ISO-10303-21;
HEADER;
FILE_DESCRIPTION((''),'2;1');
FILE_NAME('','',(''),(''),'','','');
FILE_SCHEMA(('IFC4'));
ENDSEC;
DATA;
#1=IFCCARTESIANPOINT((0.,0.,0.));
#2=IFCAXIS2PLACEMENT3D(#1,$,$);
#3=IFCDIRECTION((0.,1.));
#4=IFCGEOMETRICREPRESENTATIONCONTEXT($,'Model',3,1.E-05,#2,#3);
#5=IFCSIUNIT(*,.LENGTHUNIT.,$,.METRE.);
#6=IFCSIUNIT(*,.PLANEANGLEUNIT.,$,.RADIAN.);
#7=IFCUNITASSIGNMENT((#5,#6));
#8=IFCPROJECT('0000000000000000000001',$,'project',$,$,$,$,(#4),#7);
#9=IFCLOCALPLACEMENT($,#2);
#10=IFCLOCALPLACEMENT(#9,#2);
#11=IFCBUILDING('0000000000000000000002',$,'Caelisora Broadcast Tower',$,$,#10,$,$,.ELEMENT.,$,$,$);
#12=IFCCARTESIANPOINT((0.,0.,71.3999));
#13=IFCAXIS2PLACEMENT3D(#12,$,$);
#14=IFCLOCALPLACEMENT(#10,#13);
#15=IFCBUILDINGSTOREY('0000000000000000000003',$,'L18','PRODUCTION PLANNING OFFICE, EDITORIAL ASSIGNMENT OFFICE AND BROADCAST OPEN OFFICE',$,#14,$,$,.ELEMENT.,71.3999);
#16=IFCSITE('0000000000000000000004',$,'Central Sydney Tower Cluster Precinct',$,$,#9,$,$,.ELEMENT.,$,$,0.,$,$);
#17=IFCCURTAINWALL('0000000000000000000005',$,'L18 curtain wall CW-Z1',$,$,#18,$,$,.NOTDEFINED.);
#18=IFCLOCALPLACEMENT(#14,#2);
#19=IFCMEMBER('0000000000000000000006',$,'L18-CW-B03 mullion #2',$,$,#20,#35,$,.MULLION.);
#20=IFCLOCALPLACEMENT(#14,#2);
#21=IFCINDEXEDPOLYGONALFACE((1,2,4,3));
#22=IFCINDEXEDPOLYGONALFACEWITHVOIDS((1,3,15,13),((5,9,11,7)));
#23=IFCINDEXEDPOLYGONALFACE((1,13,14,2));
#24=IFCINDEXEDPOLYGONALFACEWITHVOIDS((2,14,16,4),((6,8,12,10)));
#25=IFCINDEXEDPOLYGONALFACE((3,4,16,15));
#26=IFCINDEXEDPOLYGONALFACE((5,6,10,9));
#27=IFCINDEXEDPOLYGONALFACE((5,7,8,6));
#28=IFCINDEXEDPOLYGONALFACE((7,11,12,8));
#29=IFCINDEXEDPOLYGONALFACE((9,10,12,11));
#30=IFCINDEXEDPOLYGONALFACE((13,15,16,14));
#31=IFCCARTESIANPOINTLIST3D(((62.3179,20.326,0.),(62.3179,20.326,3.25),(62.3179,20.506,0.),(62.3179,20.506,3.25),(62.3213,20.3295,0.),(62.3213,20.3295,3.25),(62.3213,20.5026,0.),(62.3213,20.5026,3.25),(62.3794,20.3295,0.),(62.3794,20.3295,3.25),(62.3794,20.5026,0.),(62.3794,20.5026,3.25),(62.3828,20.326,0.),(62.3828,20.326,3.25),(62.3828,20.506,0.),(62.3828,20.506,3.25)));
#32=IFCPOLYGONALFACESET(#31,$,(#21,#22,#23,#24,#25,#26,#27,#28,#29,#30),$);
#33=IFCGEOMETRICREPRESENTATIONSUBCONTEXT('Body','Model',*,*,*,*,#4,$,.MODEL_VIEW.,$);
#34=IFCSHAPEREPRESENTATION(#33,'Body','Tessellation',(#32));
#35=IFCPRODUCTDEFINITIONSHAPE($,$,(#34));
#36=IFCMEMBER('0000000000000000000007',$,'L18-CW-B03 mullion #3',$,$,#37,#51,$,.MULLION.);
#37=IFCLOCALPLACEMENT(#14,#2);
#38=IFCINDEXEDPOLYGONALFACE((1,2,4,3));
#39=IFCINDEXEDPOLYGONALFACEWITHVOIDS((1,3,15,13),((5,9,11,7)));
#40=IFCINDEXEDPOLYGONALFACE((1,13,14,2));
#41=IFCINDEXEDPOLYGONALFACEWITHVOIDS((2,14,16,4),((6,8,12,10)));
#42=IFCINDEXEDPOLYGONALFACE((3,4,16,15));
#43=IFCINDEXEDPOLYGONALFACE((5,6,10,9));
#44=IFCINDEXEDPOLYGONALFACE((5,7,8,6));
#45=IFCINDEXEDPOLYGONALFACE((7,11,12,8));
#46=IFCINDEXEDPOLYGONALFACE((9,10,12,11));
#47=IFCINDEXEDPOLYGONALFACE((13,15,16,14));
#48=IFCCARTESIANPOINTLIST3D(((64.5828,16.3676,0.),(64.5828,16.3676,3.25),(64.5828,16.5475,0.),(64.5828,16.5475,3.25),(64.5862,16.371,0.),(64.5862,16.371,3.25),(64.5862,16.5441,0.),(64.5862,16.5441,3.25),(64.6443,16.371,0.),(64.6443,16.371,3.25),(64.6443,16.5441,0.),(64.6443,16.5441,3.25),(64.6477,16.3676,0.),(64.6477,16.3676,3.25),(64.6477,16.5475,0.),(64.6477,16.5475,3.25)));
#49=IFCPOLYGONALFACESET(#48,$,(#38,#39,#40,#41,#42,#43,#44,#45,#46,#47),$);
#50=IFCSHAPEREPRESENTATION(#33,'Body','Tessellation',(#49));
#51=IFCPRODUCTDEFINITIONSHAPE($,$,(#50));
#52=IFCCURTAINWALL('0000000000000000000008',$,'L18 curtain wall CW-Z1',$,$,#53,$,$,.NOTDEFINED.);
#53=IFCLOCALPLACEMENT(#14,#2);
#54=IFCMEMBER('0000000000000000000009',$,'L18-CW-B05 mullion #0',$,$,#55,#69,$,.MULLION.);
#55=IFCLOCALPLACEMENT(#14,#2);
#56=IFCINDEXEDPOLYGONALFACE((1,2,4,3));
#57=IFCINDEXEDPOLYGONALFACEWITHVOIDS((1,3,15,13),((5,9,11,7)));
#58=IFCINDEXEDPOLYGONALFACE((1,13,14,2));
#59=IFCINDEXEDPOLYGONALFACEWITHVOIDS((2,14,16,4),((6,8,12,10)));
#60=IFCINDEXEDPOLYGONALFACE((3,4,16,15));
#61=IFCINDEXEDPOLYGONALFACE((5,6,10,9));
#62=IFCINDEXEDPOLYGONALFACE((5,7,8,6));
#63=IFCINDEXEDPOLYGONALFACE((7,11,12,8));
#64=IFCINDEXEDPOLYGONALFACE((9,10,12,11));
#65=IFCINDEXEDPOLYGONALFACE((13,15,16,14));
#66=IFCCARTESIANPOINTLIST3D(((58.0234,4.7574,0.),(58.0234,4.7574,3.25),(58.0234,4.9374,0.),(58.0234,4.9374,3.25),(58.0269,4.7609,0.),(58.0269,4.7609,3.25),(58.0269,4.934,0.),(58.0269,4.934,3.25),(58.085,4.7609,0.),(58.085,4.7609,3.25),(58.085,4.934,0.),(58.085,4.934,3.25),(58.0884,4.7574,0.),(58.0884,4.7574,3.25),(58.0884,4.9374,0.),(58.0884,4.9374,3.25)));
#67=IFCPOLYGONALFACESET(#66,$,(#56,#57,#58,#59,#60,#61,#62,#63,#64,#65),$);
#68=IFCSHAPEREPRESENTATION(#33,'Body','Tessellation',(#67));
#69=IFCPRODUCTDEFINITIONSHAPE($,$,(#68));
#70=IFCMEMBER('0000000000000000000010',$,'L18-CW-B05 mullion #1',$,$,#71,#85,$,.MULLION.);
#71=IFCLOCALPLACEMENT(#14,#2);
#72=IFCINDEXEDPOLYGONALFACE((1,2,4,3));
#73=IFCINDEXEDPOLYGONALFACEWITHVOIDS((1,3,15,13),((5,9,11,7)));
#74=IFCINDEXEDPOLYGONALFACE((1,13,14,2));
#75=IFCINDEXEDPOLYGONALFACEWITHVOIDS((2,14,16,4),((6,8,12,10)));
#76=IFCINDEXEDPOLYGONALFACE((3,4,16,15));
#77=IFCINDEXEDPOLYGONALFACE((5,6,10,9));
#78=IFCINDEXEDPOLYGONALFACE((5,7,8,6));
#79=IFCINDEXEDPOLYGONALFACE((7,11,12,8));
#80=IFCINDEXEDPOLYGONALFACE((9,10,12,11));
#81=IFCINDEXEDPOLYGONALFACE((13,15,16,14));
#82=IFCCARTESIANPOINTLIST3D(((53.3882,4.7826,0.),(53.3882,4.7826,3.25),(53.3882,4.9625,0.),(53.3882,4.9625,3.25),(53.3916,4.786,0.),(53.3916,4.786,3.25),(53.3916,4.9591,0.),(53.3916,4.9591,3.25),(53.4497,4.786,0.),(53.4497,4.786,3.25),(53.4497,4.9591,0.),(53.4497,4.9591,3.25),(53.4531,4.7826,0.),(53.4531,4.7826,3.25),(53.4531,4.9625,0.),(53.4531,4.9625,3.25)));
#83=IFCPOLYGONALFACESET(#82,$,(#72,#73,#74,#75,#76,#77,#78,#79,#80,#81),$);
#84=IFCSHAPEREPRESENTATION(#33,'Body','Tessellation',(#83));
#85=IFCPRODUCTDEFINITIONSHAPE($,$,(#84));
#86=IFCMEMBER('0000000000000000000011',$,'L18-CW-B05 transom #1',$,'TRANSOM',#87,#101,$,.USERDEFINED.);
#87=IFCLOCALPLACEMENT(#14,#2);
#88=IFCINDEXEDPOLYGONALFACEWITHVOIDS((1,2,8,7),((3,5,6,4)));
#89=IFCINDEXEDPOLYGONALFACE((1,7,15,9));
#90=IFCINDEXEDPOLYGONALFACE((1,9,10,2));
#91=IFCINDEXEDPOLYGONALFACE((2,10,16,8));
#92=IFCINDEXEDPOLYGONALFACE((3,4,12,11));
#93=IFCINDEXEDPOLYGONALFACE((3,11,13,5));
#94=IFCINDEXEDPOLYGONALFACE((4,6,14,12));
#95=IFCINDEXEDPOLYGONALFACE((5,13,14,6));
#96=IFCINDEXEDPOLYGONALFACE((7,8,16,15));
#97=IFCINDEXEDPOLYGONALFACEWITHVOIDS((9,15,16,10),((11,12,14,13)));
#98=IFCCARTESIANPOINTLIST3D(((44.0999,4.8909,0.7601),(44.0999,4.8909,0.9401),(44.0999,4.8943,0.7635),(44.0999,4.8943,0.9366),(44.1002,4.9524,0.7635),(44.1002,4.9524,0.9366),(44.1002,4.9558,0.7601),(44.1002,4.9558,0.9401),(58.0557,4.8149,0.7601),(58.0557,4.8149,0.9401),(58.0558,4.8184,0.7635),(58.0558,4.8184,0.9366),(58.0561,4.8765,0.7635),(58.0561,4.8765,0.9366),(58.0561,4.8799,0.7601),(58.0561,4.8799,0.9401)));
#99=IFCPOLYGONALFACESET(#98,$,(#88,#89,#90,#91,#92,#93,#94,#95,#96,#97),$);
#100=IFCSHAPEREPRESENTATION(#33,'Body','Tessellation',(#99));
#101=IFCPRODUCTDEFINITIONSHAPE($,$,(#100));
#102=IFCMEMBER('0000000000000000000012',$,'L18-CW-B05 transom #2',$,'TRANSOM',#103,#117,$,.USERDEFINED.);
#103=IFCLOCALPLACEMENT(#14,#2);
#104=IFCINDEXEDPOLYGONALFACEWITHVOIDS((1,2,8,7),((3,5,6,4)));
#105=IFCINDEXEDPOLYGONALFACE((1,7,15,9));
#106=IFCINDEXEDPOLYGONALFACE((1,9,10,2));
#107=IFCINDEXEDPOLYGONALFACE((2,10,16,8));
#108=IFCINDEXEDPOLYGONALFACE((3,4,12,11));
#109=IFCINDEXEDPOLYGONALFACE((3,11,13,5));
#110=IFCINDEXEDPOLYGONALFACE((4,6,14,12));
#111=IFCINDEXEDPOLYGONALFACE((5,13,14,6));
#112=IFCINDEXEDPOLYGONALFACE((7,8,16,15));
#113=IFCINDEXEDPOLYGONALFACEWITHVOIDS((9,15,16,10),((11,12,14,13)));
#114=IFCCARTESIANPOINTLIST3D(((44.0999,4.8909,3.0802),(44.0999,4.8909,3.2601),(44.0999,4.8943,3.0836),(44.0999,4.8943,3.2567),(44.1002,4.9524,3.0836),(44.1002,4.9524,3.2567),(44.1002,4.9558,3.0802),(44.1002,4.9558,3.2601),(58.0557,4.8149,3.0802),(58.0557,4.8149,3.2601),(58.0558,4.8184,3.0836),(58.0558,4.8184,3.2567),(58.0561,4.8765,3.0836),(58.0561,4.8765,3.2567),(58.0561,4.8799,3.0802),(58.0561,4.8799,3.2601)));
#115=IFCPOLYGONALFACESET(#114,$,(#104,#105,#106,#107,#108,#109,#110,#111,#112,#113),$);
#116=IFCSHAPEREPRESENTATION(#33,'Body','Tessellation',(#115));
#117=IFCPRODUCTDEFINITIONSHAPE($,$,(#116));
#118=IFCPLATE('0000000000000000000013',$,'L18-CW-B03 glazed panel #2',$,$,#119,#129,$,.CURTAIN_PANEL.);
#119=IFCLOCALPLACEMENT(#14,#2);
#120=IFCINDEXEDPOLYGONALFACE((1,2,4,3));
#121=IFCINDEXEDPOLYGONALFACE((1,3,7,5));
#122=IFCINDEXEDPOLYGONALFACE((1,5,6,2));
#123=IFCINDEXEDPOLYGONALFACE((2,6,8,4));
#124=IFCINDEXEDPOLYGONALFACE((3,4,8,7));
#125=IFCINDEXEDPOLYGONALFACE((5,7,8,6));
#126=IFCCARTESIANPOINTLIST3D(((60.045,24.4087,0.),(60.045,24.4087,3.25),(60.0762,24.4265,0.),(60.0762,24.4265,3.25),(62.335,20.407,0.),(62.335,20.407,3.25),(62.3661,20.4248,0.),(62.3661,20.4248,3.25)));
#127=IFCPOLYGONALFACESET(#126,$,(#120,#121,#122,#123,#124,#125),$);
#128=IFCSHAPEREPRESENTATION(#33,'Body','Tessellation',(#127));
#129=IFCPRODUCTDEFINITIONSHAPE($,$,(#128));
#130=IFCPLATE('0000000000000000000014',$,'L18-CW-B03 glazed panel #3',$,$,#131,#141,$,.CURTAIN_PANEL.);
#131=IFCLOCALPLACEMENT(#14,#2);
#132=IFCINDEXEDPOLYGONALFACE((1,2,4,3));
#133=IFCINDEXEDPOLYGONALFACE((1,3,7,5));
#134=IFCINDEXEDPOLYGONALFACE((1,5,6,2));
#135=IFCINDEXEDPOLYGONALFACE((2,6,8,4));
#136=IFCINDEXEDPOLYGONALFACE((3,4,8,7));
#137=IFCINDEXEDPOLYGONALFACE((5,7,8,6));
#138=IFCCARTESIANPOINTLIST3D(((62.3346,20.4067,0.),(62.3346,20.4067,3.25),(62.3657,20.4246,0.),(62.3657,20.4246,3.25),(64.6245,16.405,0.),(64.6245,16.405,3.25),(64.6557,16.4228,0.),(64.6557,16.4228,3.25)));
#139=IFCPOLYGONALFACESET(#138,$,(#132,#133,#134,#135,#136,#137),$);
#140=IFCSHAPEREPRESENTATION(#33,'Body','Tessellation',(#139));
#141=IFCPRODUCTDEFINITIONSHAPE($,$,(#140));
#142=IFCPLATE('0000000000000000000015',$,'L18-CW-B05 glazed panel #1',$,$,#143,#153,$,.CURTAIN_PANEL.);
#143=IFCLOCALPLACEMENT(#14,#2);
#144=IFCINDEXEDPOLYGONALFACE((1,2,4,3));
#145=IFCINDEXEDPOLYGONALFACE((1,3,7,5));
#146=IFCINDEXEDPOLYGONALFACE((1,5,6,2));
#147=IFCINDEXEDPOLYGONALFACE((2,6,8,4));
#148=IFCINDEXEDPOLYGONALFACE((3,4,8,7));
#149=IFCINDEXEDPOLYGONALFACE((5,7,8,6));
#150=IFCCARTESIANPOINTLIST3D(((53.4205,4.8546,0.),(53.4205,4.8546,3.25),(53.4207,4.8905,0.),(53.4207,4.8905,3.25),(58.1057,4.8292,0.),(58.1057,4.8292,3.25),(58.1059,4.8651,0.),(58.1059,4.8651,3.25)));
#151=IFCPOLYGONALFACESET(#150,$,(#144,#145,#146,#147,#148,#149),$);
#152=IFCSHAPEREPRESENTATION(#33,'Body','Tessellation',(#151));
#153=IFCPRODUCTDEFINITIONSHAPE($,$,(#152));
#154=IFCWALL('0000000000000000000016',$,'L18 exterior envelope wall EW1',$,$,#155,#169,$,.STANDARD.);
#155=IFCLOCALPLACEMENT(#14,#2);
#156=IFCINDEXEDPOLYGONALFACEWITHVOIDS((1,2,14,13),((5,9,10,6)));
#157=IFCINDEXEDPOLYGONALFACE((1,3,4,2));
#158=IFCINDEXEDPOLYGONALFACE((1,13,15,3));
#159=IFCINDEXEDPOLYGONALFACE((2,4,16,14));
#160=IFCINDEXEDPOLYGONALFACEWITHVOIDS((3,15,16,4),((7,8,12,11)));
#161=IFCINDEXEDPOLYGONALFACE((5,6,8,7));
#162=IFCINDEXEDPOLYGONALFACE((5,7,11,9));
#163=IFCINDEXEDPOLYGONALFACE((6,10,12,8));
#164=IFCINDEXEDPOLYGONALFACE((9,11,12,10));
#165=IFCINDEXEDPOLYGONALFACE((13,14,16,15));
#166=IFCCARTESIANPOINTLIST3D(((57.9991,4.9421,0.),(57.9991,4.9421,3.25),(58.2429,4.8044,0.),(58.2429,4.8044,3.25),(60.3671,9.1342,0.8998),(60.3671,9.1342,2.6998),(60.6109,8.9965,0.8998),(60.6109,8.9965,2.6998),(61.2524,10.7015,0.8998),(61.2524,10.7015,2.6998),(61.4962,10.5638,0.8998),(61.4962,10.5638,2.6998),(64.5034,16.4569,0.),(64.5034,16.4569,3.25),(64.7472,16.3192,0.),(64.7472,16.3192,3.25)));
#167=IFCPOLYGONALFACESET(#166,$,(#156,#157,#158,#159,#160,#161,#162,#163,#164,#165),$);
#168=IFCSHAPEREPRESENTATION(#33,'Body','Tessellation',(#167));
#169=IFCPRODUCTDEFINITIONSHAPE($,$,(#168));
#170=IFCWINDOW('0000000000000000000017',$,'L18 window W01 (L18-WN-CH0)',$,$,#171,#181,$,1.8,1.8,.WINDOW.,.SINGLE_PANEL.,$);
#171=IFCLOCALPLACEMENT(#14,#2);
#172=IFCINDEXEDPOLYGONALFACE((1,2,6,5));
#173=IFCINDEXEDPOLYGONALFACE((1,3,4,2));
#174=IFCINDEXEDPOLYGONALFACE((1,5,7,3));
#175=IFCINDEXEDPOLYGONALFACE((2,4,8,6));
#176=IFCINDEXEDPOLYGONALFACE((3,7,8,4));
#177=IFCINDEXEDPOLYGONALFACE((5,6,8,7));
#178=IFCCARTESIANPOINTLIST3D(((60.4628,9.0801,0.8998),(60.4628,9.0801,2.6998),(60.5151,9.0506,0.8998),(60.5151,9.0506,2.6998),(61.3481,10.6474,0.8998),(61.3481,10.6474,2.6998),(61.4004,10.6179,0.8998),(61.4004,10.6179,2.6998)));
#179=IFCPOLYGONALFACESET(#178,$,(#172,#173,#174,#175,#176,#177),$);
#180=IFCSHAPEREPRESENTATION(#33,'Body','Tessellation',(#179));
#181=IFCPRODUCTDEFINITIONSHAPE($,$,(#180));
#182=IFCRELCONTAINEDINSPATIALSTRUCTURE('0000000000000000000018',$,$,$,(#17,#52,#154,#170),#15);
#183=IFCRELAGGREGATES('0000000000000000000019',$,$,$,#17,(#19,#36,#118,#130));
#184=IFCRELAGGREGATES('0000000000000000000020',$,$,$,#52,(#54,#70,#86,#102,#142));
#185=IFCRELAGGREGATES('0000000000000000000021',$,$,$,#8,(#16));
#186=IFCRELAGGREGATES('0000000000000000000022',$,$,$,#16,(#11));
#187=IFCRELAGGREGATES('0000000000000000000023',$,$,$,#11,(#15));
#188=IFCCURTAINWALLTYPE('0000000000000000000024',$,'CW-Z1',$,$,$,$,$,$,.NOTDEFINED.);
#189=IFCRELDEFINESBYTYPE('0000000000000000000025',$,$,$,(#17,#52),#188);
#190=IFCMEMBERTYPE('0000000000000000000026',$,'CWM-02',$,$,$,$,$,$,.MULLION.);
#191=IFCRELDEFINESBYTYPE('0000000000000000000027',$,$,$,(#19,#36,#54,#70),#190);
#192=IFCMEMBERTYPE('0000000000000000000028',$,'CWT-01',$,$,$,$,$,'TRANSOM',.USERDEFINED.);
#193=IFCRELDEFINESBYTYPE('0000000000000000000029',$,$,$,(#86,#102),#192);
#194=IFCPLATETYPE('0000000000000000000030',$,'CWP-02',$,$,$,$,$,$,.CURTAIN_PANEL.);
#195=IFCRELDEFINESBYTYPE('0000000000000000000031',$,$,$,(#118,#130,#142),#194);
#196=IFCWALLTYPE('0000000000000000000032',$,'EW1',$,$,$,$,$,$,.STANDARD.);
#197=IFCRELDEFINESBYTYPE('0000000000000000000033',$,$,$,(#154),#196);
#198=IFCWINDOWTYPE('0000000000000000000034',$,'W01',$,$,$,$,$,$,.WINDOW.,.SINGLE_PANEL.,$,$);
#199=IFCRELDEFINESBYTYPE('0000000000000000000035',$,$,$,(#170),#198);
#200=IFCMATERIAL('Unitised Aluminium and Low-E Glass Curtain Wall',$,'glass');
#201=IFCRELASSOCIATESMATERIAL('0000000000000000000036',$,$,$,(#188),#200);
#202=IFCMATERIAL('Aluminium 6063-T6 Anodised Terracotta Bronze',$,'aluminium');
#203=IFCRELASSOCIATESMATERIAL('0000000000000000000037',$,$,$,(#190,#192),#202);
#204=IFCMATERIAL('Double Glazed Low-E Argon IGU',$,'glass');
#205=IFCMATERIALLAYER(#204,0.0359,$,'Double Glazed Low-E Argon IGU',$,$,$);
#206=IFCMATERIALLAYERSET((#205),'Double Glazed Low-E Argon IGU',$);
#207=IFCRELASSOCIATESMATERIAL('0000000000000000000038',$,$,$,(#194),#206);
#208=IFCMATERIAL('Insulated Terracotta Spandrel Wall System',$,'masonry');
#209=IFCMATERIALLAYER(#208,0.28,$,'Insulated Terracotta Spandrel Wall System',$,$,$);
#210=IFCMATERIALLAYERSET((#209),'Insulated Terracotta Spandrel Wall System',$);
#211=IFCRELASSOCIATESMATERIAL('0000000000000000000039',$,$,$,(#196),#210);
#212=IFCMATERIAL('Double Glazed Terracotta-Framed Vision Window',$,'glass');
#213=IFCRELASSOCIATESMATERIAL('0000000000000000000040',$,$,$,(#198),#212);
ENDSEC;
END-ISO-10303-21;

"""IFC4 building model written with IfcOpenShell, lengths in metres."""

from ifc_helpers import new_model, si_unit, direction, frame, frame_2d, origin, origin_2d, place, context, subcontext, project, spatial, rectangle, hollow_rectangle, extrude, source, transform, mapped, material, layer, layer_set, material_profile, profile_set, type_object, type_shapes, element, fill, aggregate, save


model = new_model("IFC4")

# Units and contexts
model_context = context("Model", 3, precision=1e-05, world=origin(), true_north=direction((0.0, 1.0)))
body_context = subcontext(model_context, "Body", "Model", "MODEL_VIEW")
ifc_project = project(units=[si_unit("LENGTHUNIT", "METRE"), si_unit("PLANEANGLEUNIT", "RADIAN")], contexts=[model_context])

# Site, building, storey
site_placement = place(None, origin())
site = spatial("IfcSite", under=ifc_project, at=site_placement, Name="Central Sydney Tower Cluster Precinct", CompositionType="ELEMENT", RefElevation=0.0)
building_placement = place(site_placement, origin())
building = spatial("IfcBuilding", under=site, at=building_placement, Name="Caelisora Broadcast Tower", CompositionType="ELEMENT")
storey_placement = place(building_placement, frame((0.0, 0.0, 71.3999)))
storey = spatial("IfcBuildingStorey", under=building, at=storey_placement, Name="L18", Description="PRODUCTION PLANNING OFFICE, EDITORIAL ASSIGNMENT OFFICE AND BROADCAST OPEN OFFICE", CompositionType="ELEMENT", Elevation=71.3999)

# Curtain walls, members
ifc_material_1 = material(Name="Unitised Aluminium and Low-E Glass Curtain Wall", Category="glass")
curtain_wall_type = type_object("IfcCurtainWallType", Name="CW-Z1", PredefinedType="NOTDEFINED", material=ifc_material_1)
curtain_wall_1_placement = place(storey_placement, origin())
curtain_wall_1 = element("IfcCurtainWall", 1, at=curtain_wall_1_placement, inside=storey, type_object=curtain_wall_type, Name="L18 curtain wall CW-Z1", PredefinedType="NOTDEFINED")
ifc_material_2 = material(Name="Aluminium 6063-T6 Anodised Terracotta Bronze", Category="aluminium")
ifc_material_profile_1 = material_profile(ifc_material_2, hollow_rectangle(XDim=0.0649, YDim=0.1799, WallThickness=0.0034, at=origin_2d()), Name="Aluminium 6063-T6 Anodised Terracotta Bronze")
ifc_profile_set_1 = profile_set([ifc_material_profile_1], Name="Aluminium 6063-T6 Anodised Terracotta Bronze")
member_type_1 = type_object("IfcMemberType", Name="CWM-02", PredefinedType="MULLION", material=ifc_profile_set_1)
shared_shape_1 = source(origin(), body_context, "Body", "SweptSolid", [
    extrude(hollow_rectangle(XDim=0.0649, YDim=0.1799, WallThickness=0.0034, at=origin_2d()), origin(), (0.0, 0.0, 1.0), 3.25),
])
type_shapes(member_type_1, [shared_shape_1])
member_1_placement = place(storey_placement, frame((62.3503, 20.416, 0.0), z_axis=(0.0, 0.0, 1.0), x_axis=(1.0, 0.0, 0.0)))
member_1 = element("IfcMember", 2, at=member_1_placement, type_object=member_type_1, Name="L18-CW-B03 mullion #2", PredefinedType="MULLION", context=body_context, shape_type="MappedRepresentation", body=[
    mapped(shared_shape_1, transform((0.0, 0.0, 0.0), scale=1.0)),
])
member_2_placement = place(storey_placement, frame((64.6152, 16.4575, 0.0), z_axis=(0.0, 0.0, 1.0), x_axis=(1.0, 0.0, 0.0)))
member_2 = element("IfcMember", 3, at=member_2_placement, type_object=member_type_1, Name="L18-CW-B03 mullion #3", PredefinedType="MULLION", context=body_context, shape_type="MappedRepresentation", body=[
    mapped(shared_shape_1, transform((0.0, 0.0, 0.0), scale=1.0)),
])
curtain_wall_2_placement = place(storey_placement, origin())
curtain_wall_2 = element("IfcCurtainWall", 4, at=curtain_wall_2_placement, inside=storey, type_object=curtain_wall_type, Name="L18 curtain wall CW-Z1", PredefinedType="NOTDEFINED")
member_3_placement = place(storey_placement, frame((58.0559, 4.8474, 0.0), z_axis=(0.0, 0.0, 1.0), x_axis=(1.0, 0.0, 0.0)))
member_3 = element("IfcMember", 5, at=member_3_placement, type_object=member_type_1, Name="L18-CW-B05 mullion #0", PredefinedType="MULLION", context=body_context, shape_type="MappedRepresentation", body=[
    mapped(shared_shape_1, transform((0.0, 0.0, 0.0), scale=1.0)),
])
member_4_placement = place(storey_placement, frame((53.4207, 4.8726, 0.0), z_axis=(0.0, 0.0, 1.0), x_axis=(1.0, 0.0, 0.0)))
member_4 = element("IfcMember", 6, at=member_4_placement, type_object=member_type_1, Name="L18-CW-B05 mullion #1", PredefinedType="MULLION", context=body_context, shape_type="MappedRepresentation", body=[
    mapped(shared_shape_1, transform((0.0, 0.0, 0.0), scale=1.0)),
])
ifc_material_profile_2 = material_profile(ifc_material_2, hollow_rectangle(XDim=0.0649, YDim=0.1799, WallThickness=0.0034, at=origin_2d()), Name="Aluminium 6063-T6 Anodised Terracotta Bronze")
ifc_profile_set_2 = profile_set([ifc_material_profile_2], Name="Aluminium 6063-T6 Anodised Terracotta Bronze")
member_type_2 = type_object("IfcMemberType", Name="CWT-01", ElementType="TRANSOM", PredefinedType="USERDEFINED", material=ifc_profile_set_2)
shared_shape_2 = source(origin(), body_context, "Body", "SweptSolid", [
    extrude(hollow_rectangle(XDim=0.0649, YDim=0.1799, WallThickness=0.0034, at=origin_2d()), origin(), (0.0, 0.0, 1.0), 13.9561),
])
type_shapes(member_type_2, [shared_shape_2])
member_5_placement = place(storey_placement, frame((58.0559, 4.8474, 0.8501), z_axis=(-0.999985, 0.005441, 0.0), x_axis=(-0.005441, -0.999985, 0.0)))
member_5 = element("IfcMember", 7, at=member_5_placement, type_object=member_type_2, Name="L18-CW-B05 transom #1", ObjectType="TRANSOM", PredefinedType="USERDEFINED", context=body_context, shape_type="MappedRepresentation", body=[
    mapped(shared_shape_2, transform((0.0, 0.0, 0.0), scale=1.0)),
])
member_6_placement = place(storey_placement, frame((58.0559, 4.8474, 3.1702), z_axis=(-0.999985, 0.005441, 0.0), x_axis=(-0.005441, -0.999985, 0.0)))
member_6 = element("IfcMember", 8, at=member_6_placement, type_object=member_type_2, Name="L18-CW-B05 transom #2", ObjectType="TRANSOM", PredefinedType="USERDEFINED", context=body_context, shape_type="MappedRepresentation", body=[
    mapped(shared_shape_2, transform((0.0, 0.0, 0.0), scale=1.0)),
])

# Plates
ifc_material_3 = material(Name="Double Glazed Low-E Argon IGU", Category="glass")
ifc_layer_1 = layer(ifc_material_3, 0.0359, Name="Double Glazed Low-E Argon IGU")
ifc_layer_set_1 = layer_set([ifc_layer_1], Name="Double Glazed Low-E Argon IGU")
plate_type = type_object("IfcPlateType", Name="CWP-02", PredefinedType="CURTAIN_PANEL", material=ifc_layer_set_1)
shared_shape_3 = source(origin(), body_context, "Body", "SweptSolid", [
    extrude(rectangle(XDim=4.6106, YDim=0.0359, at=origin_2d()), origin(), (0.0, 0.0, 1.0), 3.25),
])
plate_1_placement = place(storey_placement, frame((61.2056, 22.4167, 0.0), z_axis=(0.0, 0.0, 1.0), x_axis=(0.496671, -0.867939, 0.0)))
plate_1 = element("IfcPlate", 9, at=plate_1_placement, type_object=plate_type, Name="L18-CW-B03 glazed panel #2", PredefinedType="CURTAIN_PANEL", context=body_context, shape_type="MappedRepresentation", body=[
    mapped(shared_shape_3, transform((0.0, 0.0, 0.0), scale=1.0)),
])
plate_2_placement = place(storey_placement, frame((63.4951, 18.4148, 0.0), z_axis=(0.0, 0.0, 1.0), x_axis=(0.496671, -0.867939, 0.0)))
plate_2 = element("IfcPlate", 10, at=plate_2_placement, type_object=plate_type, Name="L18-CW-B03 glazed panel #3", PredefinedType="CURTAIN_PANEL", context=body_context, shape_type="MappedRepresentation", body=[
    mapped(shared_shape_3, transform((0.0, 0.0, 0.0), scale=1.0)),
])
aggregate(curtain_wall_1, [member_1, member_2, plate_1, plate_2])
shared_shape_4 = source(origin(), body_context, "Body", "SweptSolid", [
    extrude(rectangle(XDim=4.6853, YDim=0.0359, at=origin_2d()), origin(), (0.0, 0.0, 1.0), 3.25),
])
type_shapes(plate_type, [shared_shape_3, shared_shape_4])
plate_3_placement = place(storey_placement, frame((55.7632, 4.8599, 0.0), z_axis=(0.0, 0.0, 1.0), x_axis=(-0.999985, 0.00541, 0.0)))
plate_3 = element("IfcPlate", 11, at=plate_3_placement, type_object=plate_type, Name="L18-CW-B05 glazed panel #1", PredefinedType="CURTAIN_PANEL", context=body_context, shape_type="MappedRepresentation", body=[
    mapped(shared_shape_4, transform((0.0, 0.0, 0.0), scale=1.0)),
])
aggregate(curtain_wall_2, [member_3, member_4, member_5, member_6, plate_3])

# Wall, opening, window
ifc_material_4 = material(Name="Insulated Terracotta Spandrel Wall System", Category="masonry")
ifc_layer_2 = layer(ifc_material_4, 0.28, Name="Insulated Terracotta Spandrel Wall System")
ifc_layer_set_2 = layer_set([ifc_layer_2], Name="Insulated Terracotta Spandrel Wall System")
wall_type_1 = type_object("IfcWallType", Name="EW1", PredefinedType="STANDARD", material=ifc_layer_set_2)
wall_1_placement = place(storey_placement, frame((64.6252, 16.3879, 0.0), z_axis=(0.0, 0.0, 1.0), x_axis=(-0.491827, -0.870693, 0.0)))
wall_1 = element("IfcWall", 12, at=wall_1_placement, inside=storey, type_object=wall_type_1, Name="L18 exterior envelope wall EW1", PredefinedType="STANDARD", context=body_context, shape_type="SweptSolid", body=[
    extrude(rectangle(XDim=13.2249, YDim=0.28, at=frame_2d((6.6123, 0.0))), origin(), (0.0, 0.0, 1.0), 3.25),
])
opening_1_placement = place(wall_1_placement, frame((6.6101, 0.0, 0.8999)))
opening_1 = element("IfcOpeningElement", 13, at=opening_1_placement, cuts=wall_1, PredefinedType="OPENING", context=body_context, shape_type="SweptSolid", body=[
    extrude(rectangle(XDim=1.8, YDim=1.8, at=frame_2d((0.8999, 0.8999))), frame((0.0, 0.1521, 0.0), z_axis=(0.0, -1.0, 0.0), x_axis=(1.0, 0.0, 0.0)), (0.0, 0.0, 1.0), 0.304),
])
ifc_material_5 = material(Name="Double Glazed Terracotta-Framed Vision Window", Category="glass")
window_type = type_object("IfcWindowType", Name="W01", PartitioningType="SINGLE_PANEL", PredefinedType="WINDOW", material=ifc_material_5)
window_placement = place(opening_1_placement, origin())
window = element("IfcWindow", 14, at=window_placement, inside=storey, type_object=window_type, Name="L18 window W01 (L18-WN-CH0)", OverallHeight=1.8, OverallWidth=1.8, PartitioningType="SINGLE_PANEL", PredefinedType="WINDOW", context=body_context, shape_type="SweptSolid", body=[
    extrude(rectangle(XDim=1.8, YDim=1.8, at=frame_2d((0.8999, 0.8999))), frame((0.0, 0.03, 0.0), z_axis=(0.0, -1.0, 0.0), x_axis=(1.0, 0.0, 0.0)), (0.0, 0.0, 1.0), 0.0601),
])
fill(opening_1, window)

save(model, "model.ifc")
